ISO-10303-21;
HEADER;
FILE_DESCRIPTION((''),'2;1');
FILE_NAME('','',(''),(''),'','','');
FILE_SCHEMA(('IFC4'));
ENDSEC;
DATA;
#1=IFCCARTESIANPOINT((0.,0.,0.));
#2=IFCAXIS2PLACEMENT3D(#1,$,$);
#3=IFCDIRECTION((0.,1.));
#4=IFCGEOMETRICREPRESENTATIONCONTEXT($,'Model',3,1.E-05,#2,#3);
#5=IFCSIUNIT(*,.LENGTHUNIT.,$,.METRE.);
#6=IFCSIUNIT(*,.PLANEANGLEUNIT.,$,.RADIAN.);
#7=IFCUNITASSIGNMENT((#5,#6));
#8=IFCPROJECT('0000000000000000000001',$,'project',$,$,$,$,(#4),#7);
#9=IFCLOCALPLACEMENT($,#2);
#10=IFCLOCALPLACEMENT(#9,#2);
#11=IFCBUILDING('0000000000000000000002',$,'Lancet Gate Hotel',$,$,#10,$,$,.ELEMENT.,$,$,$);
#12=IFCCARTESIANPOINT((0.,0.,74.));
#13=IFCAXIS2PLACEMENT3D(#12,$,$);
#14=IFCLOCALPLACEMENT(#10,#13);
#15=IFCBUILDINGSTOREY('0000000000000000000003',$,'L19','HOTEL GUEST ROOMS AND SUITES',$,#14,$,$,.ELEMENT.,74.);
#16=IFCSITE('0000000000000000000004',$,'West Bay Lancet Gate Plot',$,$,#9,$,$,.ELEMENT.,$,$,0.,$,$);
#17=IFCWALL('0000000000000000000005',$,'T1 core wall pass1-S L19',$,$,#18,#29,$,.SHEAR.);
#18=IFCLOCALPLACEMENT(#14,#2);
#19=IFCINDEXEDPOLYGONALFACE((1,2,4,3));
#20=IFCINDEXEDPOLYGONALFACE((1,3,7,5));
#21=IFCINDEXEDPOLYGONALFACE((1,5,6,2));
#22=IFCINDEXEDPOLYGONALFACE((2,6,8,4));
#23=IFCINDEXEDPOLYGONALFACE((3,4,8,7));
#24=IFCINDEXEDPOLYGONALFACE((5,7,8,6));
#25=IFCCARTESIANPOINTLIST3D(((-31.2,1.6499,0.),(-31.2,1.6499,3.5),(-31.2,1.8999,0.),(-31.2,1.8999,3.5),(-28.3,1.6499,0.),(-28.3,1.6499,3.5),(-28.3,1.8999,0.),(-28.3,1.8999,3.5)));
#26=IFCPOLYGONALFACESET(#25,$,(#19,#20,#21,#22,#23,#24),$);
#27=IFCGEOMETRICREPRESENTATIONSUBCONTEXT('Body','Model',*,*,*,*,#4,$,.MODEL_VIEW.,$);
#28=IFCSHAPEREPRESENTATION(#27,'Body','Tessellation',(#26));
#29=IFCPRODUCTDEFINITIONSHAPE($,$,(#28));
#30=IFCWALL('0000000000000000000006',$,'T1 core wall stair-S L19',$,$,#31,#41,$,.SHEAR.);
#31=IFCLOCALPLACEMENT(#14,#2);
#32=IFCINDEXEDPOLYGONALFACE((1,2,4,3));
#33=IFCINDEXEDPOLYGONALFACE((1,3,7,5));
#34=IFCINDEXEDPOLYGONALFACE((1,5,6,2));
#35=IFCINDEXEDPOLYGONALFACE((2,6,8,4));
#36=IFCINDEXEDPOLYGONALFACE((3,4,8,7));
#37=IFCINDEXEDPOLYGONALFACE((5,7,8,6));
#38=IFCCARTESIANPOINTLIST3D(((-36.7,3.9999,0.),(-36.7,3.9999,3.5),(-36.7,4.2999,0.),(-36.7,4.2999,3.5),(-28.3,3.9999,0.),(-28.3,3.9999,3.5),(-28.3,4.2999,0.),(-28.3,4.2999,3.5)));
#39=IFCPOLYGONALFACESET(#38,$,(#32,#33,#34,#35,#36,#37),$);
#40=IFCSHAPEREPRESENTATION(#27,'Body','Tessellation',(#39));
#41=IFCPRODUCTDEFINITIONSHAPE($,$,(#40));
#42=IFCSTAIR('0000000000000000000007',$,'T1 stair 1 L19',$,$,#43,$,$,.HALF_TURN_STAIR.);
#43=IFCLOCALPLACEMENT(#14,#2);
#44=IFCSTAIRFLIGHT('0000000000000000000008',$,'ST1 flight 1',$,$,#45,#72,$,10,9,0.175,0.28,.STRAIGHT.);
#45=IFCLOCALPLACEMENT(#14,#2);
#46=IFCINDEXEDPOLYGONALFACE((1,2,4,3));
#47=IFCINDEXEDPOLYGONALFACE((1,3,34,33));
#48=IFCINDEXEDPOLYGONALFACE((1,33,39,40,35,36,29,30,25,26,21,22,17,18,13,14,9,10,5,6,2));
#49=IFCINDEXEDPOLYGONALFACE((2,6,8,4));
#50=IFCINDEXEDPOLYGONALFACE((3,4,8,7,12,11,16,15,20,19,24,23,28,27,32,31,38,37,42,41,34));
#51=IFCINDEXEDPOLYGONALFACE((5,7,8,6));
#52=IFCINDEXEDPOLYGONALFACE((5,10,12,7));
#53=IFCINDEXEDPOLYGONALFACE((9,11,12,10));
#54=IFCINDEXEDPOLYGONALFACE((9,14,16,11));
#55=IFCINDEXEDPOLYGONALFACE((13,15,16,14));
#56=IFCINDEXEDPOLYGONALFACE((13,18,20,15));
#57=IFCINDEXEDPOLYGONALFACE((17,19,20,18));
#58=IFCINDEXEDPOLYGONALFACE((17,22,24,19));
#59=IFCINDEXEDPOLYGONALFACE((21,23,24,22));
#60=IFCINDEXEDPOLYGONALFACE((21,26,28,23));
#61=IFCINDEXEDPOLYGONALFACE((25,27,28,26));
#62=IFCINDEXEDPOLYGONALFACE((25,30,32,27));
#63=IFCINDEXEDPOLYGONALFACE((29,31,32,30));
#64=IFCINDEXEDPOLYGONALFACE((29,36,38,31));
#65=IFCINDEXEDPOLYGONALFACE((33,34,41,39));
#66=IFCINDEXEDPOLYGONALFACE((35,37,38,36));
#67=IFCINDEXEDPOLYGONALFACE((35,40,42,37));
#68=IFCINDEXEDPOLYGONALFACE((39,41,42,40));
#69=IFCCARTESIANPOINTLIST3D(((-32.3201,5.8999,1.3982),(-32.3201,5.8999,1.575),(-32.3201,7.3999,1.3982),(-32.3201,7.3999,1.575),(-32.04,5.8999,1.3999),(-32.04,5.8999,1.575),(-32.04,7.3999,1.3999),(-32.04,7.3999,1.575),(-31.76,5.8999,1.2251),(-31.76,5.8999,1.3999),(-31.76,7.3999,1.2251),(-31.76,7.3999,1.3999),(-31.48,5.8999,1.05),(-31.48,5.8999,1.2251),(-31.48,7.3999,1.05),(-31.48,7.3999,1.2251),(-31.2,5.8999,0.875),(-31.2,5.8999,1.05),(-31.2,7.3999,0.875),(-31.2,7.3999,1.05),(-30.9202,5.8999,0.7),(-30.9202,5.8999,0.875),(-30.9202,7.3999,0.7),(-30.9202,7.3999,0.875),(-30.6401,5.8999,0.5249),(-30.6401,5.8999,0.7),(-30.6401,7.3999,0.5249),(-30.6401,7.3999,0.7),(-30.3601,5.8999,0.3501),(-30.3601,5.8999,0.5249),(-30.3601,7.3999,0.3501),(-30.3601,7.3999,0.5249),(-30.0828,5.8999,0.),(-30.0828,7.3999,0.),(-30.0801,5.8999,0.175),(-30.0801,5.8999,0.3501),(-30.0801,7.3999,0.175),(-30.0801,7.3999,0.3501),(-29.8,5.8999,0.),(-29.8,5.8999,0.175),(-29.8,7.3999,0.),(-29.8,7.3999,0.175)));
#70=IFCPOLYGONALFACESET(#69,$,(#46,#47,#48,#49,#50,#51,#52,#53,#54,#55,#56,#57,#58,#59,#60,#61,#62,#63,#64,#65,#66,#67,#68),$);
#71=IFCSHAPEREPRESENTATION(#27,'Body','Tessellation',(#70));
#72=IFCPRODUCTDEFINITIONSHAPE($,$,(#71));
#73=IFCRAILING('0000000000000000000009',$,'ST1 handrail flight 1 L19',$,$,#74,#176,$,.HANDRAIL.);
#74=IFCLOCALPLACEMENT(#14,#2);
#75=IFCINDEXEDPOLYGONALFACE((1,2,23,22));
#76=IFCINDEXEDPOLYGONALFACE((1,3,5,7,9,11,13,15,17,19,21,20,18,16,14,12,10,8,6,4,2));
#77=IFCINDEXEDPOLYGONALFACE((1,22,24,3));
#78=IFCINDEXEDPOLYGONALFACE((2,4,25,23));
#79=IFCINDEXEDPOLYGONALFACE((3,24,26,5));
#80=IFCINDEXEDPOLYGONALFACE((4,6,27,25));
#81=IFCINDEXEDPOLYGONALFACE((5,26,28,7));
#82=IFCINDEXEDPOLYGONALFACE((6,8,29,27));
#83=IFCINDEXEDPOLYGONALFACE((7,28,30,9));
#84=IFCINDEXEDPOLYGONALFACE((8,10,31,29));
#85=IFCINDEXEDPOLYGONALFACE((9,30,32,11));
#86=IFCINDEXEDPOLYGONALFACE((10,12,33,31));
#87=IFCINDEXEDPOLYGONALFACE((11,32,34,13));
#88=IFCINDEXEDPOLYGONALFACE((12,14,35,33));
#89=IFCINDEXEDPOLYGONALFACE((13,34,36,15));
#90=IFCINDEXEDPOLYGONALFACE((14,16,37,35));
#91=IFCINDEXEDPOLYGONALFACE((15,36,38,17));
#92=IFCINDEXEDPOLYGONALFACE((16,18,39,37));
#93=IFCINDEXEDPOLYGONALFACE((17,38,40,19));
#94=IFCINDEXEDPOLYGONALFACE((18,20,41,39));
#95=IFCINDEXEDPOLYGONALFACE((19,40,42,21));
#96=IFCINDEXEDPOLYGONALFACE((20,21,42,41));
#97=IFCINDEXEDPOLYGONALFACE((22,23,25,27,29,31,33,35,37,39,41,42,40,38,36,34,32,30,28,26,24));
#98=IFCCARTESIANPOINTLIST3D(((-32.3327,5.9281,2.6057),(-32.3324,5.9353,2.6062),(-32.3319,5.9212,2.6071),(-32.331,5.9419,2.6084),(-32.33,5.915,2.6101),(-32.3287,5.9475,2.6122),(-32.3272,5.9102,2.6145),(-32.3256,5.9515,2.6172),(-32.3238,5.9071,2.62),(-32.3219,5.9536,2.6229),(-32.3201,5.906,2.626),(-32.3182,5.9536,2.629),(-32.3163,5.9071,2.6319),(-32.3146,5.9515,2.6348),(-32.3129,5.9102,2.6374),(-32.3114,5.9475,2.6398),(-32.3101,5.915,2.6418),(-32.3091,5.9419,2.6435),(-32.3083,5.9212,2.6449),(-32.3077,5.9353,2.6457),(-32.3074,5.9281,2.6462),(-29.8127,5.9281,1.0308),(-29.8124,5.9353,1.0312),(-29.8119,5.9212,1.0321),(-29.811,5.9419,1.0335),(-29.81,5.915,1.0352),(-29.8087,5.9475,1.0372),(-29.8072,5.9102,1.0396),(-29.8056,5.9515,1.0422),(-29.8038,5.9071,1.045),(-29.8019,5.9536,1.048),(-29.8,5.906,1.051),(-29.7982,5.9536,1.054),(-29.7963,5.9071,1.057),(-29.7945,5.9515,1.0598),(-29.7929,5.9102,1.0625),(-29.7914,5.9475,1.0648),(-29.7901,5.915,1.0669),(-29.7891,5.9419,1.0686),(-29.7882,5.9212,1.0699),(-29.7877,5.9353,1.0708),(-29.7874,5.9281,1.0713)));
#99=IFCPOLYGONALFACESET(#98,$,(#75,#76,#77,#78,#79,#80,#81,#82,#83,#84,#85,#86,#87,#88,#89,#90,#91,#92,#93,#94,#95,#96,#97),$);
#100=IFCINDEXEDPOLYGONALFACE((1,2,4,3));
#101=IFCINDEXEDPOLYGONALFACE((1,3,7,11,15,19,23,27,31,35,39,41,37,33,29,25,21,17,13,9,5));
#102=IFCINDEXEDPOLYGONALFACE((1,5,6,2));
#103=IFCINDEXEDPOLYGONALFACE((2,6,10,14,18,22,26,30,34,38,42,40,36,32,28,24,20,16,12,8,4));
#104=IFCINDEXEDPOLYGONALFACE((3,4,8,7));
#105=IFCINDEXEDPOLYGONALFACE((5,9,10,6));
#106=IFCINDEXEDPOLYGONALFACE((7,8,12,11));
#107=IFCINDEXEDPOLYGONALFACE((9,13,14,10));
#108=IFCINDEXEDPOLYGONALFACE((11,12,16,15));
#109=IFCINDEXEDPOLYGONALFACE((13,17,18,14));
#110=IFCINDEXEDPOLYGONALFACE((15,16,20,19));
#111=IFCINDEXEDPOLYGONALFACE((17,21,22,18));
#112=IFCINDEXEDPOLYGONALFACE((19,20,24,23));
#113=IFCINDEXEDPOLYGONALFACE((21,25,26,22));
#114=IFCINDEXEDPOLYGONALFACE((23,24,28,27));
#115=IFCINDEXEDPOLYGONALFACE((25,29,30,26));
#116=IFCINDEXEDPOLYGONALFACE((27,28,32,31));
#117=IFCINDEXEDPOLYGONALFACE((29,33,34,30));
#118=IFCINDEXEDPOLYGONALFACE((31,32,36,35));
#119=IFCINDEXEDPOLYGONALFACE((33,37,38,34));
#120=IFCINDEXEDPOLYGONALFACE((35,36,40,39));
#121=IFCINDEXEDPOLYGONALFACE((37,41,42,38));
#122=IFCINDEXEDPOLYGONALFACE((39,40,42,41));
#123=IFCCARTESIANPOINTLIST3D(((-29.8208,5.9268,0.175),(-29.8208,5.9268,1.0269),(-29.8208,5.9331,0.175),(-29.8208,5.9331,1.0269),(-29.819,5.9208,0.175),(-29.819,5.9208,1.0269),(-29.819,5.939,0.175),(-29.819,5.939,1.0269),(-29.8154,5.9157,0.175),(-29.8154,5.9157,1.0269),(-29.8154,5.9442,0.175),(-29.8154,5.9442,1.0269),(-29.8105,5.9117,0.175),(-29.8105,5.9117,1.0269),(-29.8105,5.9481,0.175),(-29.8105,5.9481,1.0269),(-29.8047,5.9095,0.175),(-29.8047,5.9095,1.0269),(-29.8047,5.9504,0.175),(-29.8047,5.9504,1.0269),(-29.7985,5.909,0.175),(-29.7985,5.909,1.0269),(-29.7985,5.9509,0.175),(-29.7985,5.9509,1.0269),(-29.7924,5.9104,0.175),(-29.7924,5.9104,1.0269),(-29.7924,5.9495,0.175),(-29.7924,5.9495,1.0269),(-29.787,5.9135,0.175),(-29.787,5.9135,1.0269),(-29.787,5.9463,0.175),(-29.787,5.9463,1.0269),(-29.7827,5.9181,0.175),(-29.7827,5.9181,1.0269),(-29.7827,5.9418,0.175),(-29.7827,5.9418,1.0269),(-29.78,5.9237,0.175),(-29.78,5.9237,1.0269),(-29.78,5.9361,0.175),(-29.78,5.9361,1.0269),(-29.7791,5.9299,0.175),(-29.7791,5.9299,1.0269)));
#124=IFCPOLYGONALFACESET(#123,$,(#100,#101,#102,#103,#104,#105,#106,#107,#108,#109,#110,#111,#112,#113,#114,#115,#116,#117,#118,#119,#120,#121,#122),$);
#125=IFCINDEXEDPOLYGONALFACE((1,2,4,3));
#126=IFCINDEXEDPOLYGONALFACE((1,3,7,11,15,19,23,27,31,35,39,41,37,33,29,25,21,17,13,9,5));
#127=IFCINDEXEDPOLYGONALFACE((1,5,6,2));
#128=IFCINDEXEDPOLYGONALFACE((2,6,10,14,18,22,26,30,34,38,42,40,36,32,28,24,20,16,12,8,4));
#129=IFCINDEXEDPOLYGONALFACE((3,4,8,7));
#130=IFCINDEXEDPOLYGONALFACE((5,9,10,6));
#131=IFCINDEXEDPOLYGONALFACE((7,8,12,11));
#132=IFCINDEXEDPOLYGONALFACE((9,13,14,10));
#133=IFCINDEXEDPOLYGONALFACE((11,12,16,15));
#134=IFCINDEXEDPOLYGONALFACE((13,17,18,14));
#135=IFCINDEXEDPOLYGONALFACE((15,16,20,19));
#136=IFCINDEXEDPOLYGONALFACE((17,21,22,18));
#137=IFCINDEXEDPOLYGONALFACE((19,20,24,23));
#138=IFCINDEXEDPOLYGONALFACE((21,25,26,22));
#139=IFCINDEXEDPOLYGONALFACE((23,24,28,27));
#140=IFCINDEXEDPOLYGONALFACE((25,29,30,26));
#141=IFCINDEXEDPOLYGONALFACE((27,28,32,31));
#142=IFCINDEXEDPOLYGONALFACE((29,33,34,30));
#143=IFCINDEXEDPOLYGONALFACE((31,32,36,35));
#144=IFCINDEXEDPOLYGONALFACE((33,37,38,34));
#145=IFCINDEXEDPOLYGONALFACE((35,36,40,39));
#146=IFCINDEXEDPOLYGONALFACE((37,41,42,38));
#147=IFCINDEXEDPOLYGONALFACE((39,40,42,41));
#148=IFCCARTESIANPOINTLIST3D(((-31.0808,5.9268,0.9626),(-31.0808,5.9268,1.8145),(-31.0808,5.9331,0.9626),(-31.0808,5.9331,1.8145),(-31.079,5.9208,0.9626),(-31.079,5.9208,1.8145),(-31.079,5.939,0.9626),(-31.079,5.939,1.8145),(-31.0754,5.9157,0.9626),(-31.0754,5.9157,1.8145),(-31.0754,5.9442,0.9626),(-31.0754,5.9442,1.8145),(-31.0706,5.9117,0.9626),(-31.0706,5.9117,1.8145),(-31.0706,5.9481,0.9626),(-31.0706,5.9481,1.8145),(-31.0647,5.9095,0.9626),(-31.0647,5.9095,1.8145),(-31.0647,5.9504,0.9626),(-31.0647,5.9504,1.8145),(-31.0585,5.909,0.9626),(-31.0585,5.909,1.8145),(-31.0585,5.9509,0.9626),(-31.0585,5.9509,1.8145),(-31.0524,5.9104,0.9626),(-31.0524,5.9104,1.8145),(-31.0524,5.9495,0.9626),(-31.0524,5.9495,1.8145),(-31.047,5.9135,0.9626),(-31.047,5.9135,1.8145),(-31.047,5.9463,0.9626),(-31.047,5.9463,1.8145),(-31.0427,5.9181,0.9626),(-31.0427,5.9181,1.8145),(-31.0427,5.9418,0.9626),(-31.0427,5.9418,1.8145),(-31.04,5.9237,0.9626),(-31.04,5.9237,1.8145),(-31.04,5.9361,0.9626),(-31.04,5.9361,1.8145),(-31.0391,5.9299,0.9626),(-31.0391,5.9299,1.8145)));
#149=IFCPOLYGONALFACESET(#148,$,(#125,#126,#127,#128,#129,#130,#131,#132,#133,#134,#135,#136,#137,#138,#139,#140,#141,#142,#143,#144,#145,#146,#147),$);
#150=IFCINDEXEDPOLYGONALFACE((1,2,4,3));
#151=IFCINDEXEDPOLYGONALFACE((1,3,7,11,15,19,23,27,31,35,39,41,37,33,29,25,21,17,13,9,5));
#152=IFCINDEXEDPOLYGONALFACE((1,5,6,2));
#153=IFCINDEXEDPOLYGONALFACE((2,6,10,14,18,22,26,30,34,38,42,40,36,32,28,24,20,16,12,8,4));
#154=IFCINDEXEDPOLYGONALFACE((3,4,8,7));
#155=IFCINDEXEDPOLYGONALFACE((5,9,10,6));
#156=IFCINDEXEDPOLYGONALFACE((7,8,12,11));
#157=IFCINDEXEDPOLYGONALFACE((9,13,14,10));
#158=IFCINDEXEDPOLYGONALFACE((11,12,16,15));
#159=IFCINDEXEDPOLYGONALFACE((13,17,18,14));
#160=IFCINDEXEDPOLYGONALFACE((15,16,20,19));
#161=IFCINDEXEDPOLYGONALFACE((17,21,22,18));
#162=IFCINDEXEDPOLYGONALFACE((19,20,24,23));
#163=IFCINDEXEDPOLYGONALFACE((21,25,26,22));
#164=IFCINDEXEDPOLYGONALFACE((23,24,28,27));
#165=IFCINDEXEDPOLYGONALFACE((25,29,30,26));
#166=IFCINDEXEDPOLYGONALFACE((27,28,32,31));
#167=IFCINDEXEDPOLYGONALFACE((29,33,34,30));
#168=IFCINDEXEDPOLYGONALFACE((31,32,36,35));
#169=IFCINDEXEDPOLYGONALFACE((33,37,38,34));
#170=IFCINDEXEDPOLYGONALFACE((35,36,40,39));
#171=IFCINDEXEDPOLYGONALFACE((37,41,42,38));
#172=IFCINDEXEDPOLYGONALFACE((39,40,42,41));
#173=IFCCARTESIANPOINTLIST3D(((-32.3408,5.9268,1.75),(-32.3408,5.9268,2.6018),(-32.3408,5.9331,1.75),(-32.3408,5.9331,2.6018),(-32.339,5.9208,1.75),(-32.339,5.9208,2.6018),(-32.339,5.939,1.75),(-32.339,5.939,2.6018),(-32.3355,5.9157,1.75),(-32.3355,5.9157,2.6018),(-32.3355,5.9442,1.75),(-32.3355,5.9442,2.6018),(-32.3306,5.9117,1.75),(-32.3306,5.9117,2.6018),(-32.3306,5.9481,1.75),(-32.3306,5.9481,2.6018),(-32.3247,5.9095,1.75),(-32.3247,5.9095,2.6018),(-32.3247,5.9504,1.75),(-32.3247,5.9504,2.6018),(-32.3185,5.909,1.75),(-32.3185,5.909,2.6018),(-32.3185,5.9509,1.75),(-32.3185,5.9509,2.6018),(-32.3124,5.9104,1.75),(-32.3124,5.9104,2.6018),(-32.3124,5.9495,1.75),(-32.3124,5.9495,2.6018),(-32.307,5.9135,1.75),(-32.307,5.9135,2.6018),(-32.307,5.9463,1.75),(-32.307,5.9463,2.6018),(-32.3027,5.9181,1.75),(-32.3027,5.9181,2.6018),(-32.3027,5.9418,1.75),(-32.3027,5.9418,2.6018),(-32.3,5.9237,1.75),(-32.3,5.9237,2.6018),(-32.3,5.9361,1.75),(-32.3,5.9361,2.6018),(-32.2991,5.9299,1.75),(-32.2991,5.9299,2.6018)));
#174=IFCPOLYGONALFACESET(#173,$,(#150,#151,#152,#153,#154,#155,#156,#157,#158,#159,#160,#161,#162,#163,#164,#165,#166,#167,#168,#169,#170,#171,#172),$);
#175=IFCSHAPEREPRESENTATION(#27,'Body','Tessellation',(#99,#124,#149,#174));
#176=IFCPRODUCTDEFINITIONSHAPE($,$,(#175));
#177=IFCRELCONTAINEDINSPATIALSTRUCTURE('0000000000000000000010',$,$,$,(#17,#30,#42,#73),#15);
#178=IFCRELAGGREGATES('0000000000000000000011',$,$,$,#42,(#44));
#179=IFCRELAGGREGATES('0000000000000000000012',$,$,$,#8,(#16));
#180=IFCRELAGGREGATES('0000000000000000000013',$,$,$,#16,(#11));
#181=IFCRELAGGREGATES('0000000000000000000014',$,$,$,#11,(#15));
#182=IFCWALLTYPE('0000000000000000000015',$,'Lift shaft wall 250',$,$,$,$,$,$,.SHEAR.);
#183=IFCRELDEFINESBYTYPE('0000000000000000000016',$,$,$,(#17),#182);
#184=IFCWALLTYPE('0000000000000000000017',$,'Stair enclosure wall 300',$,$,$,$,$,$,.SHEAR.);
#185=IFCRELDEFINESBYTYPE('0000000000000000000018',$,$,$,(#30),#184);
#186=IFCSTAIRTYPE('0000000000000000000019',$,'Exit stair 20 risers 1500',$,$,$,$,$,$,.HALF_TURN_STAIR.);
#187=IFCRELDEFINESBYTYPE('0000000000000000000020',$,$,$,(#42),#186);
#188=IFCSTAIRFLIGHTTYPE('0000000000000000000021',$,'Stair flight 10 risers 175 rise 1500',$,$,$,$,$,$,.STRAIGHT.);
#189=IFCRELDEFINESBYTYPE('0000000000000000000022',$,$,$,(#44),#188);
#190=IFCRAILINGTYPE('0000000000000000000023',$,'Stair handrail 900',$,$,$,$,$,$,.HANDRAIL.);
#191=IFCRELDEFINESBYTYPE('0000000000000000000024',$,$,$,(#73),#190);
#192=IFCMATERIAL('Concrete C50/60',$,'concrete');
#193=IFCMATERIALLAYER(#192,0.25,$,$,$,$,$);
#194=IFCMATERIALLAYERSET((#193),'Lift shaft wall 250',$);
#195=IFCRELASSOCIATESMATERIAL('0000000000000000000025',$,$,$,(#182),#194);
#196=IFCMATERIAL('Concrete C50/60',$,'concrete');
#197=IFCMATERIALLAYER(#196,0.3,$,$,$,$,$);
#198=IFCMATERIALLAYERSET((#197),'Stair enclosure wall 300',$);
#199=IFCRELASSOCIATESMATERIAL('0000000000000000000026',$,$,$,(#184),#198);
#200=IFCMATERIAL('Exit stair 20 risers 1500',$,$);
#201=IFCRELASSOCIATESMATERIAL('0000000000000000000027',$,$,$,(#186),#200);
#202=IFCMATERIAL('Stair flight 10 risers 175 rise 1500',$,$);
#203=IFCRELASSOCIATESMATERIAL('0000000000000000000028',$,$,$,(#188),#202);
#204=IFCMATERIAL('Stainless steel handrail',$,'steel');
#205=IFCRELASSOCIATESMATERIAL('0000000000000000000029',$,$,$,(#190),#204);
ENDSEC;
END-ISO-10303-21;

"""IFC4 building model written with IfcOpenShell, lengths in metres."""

from ifc_helpers import new_model, si_unit, direction, frame, frame_2d, origin, origin_2d, place, context, subcontext, project, spatial, polyline, rectangle, circle, outline, extrude, material, layer, layer_set, type_object, element, aggregate, save


model = new_model("IFC4")

# Units and contexts
model_context = context("Model", 3, precision=1e-05, world=origin(), true_north=direction((0.0, 1.0)))
body_context = subcontext(model_context, "Body", "Model", "MODEL_VIEW")
ifc_project = project(units=[si_unit("LENGTHUNIT", "METRE"), si_unit("PLANEANGLEUNIT", "RADIAN")], contexts=[model_context])

# Site, building, storey
site_placement = place(None, origin())
site = spatial("IfcSite", under=ifc_project, at=site_placement, Name="West Bay Lancet Gate Plot", CompositionType="ELEMENT", RefElevation=0.0)
building_placement = place(site_placement, origin())
building = spatial("IfcBuilding", under=site, at=building_placement, Name="Lancet Gate Hotel", CompositionType="ELEMENT")
storey_placement = place(building_placement, frame((0.0, 0.0, 74.0)))
storey = spatial("IfcBuildingStorey", under=building, at=storey_placement, Name="L19", Description="HOTEL GUEST ROOMS AND SUITES", CompositionType="ELEMENT", Elevation=74.0)

# Walls
ifc_material_1 = material(Name="Concrete C50/60", Category="concrete")
ifc_layer_1 = layer(ifc_material_1, 0.25)
ifc_layer_set_1 = layer_set([ifc_layer_1], Name="Lift shaft wall 250")
wall_type_1 = type_object("IfcWallType", Name="Lift shaft wall 250", PredefinedType="SHEAR", material=ifc_layer_set_1)
wall_1_placement = place(storey_placement, frame((-28.3, 1.7749, 0.0), z_axis=(0.0, 0.0, 1.0), x_axis=(-1.0, 0.0, 0.0)))
element("IfcWall", 1, at=wall_1_placement, inside=storey, type_object=wall_type_1, Name="T1 core wall pass1-S L19", PredefinedType="SHEAR", context=body_context, shape_type="SweptSolid", body=[
    extrude(rectangle(XDim=2.8999, YDim=0.25, at=frame_2d((1.45, 0.0))), origin(), (0.0, 0.0, 1.0), 3.5),
])
ifc_material_2 = material(Name="Concrete C50/60", Category="concrete")
ifc_layer_2 = layer(ifc_material_2, 0.3)
ifc_layer_set_2 = layer_set([ifc_layer_2], Name="Stair enclosure wall 300")
wall_type_2 = type_object("IfcWallType", Name="Stair enclosure wall 300", PredefinedType="SHEAR", material=ifc_layer_set_2)
wall_2_placement = place(storey_placement, frame((-28.3, 4.1499, 0.0), z_axis=(0.0, 0.0, 1.0), x_axis=(-1.0, 0.0, 0.0)))
element("IfcWall", 2, at=wall_2_placement, inside=storey, type_object=wall_type_2, Name="T1 core wall stair-S L19", PredefinedType="SHEAR", context=body_context, shape_type="SweptSolid", body=[
    extrude(rectangle(XDim=8.3999, YDim=0.3, at=frame_2d((4.2, 0.0))), origin(), (0.0, 0.0, 1.0), 3.5),
])

# Stair, stair flight
ifc_material_3 = material(Name="Exit stair 20 risers 1500")
stair_type = type_object("IfcStairType", Name="Exit stair 20 risers 1500", PredefinedType="HALF_TURN_STAIR", material=ifc_material_3)
stair_placement = place(storey_placement, origin())
stair = element("IfcStair", 3, at=stair_placement, inside=storey, type_object=stair_type, Name="T1 stair 1 L19", PredefinedType="HALF_TURN_STAIR")
ifc_material_4 = material(Name="Stair flight 10 risers 175 rise 1500")
stair_flight_type = type_object("IfcStairFlightType", Name="Stair flight 10 risers 175 rise 1500", PredefinedType="STRAIGHT", material=ifc_material_4)
stair_flight_placement = place(storey_placement, frame((-29.8, 6.6499, 0.0), z_axis=(0.0, 0.0, 1.0), x_axis=(-1.0, 0.0, 0.0)))
stair_flight = element("IfcStairFlight", 4, at=stair_flight_placement, type_object=stair_flight_type, Name="ST1 flight 1", NumberOfRisers=10, NumberOfTreads=9, PredefinedType="STRAIGHT", RiserHeight=0.175, TreadLength=0.28, context=body_context, shape_type="SweptSolid", body=[
    extrude(outline(polyline([(0.0, 0.0), (0.0, 0.175), (0.28, 0.175), (0.28, 0.3501), (0.5601, 0.3501), (0.5601, 0.5249), (0.8401, 0.5249), (0.8401, 0.7), (1.1201, 0.7), (1.1201, 0.875), (1.3999, 0.875), (1.3999, 1.05), (1.6799, 1.05), (1.6799, 1.2251), (1.96, 1.2251), (1.96, 1.3999), (2.24, 1.3999), (2.24, 1.575), (2.52, 1.575), (2.52, 1.75), (2.52, 1.3982), (0.2827, 0.0), (0.0, 0.0)])), frame((0.0, 0.75, 0.0), z_axis=(0.0, -1.0, 0.0), x_axis=(1.0, 0.0, 0.0)), (0.0, 0.0, 1.0), 1.5),
])
aggregate(stair, [stair_flight])

# Railing
ifc_material_5 = material(Name="Stainless steel handrail", Category="steel")
railing_type = type_object("IfcRailingType", Name="Stair handrail 900", PredefinedType="HANDRAIL", material=ifc_material_5)
railing_placement = place(storey_placement, frame((-29.8, 5.9299, 0.175)))
element("IfcRailing", 5, at=railing_placement, inside=storey, type_object=railing_type, Name="ST1 handrail flight 1 L19", PredefinedType="HANDRAIL", context=body_context, shape_type="SweptSolid", body=[
    extrude(circle(Radius=0.0239, at=origin_2d()), frame((0.0, 0.0, 0.876), z_axis=(-0.848008, 0.0, 0.529984), x_axis=(0.0, -1.0, 0.0)), (0.0, 0.0, 1.0), 2.9717),
    extrude(circle(Radius=0.021, at=origin_2d()), origin(), (0.0, 0.0, 1.0), 0.8518),
    extrude(circle(Radius=0.021, at=origin_2d()), frame((-1.26, 0.0, 0.7876)), (0.0, 0.0, 1.0), 0.8518),
    extrude(circle(Radius=0.021, at=origin_2d()), frame((-2.52, 0.0, 1.575)), (0.0, 0.0, 1.0), 0.8518),
])

save(model, "model.ifc")
